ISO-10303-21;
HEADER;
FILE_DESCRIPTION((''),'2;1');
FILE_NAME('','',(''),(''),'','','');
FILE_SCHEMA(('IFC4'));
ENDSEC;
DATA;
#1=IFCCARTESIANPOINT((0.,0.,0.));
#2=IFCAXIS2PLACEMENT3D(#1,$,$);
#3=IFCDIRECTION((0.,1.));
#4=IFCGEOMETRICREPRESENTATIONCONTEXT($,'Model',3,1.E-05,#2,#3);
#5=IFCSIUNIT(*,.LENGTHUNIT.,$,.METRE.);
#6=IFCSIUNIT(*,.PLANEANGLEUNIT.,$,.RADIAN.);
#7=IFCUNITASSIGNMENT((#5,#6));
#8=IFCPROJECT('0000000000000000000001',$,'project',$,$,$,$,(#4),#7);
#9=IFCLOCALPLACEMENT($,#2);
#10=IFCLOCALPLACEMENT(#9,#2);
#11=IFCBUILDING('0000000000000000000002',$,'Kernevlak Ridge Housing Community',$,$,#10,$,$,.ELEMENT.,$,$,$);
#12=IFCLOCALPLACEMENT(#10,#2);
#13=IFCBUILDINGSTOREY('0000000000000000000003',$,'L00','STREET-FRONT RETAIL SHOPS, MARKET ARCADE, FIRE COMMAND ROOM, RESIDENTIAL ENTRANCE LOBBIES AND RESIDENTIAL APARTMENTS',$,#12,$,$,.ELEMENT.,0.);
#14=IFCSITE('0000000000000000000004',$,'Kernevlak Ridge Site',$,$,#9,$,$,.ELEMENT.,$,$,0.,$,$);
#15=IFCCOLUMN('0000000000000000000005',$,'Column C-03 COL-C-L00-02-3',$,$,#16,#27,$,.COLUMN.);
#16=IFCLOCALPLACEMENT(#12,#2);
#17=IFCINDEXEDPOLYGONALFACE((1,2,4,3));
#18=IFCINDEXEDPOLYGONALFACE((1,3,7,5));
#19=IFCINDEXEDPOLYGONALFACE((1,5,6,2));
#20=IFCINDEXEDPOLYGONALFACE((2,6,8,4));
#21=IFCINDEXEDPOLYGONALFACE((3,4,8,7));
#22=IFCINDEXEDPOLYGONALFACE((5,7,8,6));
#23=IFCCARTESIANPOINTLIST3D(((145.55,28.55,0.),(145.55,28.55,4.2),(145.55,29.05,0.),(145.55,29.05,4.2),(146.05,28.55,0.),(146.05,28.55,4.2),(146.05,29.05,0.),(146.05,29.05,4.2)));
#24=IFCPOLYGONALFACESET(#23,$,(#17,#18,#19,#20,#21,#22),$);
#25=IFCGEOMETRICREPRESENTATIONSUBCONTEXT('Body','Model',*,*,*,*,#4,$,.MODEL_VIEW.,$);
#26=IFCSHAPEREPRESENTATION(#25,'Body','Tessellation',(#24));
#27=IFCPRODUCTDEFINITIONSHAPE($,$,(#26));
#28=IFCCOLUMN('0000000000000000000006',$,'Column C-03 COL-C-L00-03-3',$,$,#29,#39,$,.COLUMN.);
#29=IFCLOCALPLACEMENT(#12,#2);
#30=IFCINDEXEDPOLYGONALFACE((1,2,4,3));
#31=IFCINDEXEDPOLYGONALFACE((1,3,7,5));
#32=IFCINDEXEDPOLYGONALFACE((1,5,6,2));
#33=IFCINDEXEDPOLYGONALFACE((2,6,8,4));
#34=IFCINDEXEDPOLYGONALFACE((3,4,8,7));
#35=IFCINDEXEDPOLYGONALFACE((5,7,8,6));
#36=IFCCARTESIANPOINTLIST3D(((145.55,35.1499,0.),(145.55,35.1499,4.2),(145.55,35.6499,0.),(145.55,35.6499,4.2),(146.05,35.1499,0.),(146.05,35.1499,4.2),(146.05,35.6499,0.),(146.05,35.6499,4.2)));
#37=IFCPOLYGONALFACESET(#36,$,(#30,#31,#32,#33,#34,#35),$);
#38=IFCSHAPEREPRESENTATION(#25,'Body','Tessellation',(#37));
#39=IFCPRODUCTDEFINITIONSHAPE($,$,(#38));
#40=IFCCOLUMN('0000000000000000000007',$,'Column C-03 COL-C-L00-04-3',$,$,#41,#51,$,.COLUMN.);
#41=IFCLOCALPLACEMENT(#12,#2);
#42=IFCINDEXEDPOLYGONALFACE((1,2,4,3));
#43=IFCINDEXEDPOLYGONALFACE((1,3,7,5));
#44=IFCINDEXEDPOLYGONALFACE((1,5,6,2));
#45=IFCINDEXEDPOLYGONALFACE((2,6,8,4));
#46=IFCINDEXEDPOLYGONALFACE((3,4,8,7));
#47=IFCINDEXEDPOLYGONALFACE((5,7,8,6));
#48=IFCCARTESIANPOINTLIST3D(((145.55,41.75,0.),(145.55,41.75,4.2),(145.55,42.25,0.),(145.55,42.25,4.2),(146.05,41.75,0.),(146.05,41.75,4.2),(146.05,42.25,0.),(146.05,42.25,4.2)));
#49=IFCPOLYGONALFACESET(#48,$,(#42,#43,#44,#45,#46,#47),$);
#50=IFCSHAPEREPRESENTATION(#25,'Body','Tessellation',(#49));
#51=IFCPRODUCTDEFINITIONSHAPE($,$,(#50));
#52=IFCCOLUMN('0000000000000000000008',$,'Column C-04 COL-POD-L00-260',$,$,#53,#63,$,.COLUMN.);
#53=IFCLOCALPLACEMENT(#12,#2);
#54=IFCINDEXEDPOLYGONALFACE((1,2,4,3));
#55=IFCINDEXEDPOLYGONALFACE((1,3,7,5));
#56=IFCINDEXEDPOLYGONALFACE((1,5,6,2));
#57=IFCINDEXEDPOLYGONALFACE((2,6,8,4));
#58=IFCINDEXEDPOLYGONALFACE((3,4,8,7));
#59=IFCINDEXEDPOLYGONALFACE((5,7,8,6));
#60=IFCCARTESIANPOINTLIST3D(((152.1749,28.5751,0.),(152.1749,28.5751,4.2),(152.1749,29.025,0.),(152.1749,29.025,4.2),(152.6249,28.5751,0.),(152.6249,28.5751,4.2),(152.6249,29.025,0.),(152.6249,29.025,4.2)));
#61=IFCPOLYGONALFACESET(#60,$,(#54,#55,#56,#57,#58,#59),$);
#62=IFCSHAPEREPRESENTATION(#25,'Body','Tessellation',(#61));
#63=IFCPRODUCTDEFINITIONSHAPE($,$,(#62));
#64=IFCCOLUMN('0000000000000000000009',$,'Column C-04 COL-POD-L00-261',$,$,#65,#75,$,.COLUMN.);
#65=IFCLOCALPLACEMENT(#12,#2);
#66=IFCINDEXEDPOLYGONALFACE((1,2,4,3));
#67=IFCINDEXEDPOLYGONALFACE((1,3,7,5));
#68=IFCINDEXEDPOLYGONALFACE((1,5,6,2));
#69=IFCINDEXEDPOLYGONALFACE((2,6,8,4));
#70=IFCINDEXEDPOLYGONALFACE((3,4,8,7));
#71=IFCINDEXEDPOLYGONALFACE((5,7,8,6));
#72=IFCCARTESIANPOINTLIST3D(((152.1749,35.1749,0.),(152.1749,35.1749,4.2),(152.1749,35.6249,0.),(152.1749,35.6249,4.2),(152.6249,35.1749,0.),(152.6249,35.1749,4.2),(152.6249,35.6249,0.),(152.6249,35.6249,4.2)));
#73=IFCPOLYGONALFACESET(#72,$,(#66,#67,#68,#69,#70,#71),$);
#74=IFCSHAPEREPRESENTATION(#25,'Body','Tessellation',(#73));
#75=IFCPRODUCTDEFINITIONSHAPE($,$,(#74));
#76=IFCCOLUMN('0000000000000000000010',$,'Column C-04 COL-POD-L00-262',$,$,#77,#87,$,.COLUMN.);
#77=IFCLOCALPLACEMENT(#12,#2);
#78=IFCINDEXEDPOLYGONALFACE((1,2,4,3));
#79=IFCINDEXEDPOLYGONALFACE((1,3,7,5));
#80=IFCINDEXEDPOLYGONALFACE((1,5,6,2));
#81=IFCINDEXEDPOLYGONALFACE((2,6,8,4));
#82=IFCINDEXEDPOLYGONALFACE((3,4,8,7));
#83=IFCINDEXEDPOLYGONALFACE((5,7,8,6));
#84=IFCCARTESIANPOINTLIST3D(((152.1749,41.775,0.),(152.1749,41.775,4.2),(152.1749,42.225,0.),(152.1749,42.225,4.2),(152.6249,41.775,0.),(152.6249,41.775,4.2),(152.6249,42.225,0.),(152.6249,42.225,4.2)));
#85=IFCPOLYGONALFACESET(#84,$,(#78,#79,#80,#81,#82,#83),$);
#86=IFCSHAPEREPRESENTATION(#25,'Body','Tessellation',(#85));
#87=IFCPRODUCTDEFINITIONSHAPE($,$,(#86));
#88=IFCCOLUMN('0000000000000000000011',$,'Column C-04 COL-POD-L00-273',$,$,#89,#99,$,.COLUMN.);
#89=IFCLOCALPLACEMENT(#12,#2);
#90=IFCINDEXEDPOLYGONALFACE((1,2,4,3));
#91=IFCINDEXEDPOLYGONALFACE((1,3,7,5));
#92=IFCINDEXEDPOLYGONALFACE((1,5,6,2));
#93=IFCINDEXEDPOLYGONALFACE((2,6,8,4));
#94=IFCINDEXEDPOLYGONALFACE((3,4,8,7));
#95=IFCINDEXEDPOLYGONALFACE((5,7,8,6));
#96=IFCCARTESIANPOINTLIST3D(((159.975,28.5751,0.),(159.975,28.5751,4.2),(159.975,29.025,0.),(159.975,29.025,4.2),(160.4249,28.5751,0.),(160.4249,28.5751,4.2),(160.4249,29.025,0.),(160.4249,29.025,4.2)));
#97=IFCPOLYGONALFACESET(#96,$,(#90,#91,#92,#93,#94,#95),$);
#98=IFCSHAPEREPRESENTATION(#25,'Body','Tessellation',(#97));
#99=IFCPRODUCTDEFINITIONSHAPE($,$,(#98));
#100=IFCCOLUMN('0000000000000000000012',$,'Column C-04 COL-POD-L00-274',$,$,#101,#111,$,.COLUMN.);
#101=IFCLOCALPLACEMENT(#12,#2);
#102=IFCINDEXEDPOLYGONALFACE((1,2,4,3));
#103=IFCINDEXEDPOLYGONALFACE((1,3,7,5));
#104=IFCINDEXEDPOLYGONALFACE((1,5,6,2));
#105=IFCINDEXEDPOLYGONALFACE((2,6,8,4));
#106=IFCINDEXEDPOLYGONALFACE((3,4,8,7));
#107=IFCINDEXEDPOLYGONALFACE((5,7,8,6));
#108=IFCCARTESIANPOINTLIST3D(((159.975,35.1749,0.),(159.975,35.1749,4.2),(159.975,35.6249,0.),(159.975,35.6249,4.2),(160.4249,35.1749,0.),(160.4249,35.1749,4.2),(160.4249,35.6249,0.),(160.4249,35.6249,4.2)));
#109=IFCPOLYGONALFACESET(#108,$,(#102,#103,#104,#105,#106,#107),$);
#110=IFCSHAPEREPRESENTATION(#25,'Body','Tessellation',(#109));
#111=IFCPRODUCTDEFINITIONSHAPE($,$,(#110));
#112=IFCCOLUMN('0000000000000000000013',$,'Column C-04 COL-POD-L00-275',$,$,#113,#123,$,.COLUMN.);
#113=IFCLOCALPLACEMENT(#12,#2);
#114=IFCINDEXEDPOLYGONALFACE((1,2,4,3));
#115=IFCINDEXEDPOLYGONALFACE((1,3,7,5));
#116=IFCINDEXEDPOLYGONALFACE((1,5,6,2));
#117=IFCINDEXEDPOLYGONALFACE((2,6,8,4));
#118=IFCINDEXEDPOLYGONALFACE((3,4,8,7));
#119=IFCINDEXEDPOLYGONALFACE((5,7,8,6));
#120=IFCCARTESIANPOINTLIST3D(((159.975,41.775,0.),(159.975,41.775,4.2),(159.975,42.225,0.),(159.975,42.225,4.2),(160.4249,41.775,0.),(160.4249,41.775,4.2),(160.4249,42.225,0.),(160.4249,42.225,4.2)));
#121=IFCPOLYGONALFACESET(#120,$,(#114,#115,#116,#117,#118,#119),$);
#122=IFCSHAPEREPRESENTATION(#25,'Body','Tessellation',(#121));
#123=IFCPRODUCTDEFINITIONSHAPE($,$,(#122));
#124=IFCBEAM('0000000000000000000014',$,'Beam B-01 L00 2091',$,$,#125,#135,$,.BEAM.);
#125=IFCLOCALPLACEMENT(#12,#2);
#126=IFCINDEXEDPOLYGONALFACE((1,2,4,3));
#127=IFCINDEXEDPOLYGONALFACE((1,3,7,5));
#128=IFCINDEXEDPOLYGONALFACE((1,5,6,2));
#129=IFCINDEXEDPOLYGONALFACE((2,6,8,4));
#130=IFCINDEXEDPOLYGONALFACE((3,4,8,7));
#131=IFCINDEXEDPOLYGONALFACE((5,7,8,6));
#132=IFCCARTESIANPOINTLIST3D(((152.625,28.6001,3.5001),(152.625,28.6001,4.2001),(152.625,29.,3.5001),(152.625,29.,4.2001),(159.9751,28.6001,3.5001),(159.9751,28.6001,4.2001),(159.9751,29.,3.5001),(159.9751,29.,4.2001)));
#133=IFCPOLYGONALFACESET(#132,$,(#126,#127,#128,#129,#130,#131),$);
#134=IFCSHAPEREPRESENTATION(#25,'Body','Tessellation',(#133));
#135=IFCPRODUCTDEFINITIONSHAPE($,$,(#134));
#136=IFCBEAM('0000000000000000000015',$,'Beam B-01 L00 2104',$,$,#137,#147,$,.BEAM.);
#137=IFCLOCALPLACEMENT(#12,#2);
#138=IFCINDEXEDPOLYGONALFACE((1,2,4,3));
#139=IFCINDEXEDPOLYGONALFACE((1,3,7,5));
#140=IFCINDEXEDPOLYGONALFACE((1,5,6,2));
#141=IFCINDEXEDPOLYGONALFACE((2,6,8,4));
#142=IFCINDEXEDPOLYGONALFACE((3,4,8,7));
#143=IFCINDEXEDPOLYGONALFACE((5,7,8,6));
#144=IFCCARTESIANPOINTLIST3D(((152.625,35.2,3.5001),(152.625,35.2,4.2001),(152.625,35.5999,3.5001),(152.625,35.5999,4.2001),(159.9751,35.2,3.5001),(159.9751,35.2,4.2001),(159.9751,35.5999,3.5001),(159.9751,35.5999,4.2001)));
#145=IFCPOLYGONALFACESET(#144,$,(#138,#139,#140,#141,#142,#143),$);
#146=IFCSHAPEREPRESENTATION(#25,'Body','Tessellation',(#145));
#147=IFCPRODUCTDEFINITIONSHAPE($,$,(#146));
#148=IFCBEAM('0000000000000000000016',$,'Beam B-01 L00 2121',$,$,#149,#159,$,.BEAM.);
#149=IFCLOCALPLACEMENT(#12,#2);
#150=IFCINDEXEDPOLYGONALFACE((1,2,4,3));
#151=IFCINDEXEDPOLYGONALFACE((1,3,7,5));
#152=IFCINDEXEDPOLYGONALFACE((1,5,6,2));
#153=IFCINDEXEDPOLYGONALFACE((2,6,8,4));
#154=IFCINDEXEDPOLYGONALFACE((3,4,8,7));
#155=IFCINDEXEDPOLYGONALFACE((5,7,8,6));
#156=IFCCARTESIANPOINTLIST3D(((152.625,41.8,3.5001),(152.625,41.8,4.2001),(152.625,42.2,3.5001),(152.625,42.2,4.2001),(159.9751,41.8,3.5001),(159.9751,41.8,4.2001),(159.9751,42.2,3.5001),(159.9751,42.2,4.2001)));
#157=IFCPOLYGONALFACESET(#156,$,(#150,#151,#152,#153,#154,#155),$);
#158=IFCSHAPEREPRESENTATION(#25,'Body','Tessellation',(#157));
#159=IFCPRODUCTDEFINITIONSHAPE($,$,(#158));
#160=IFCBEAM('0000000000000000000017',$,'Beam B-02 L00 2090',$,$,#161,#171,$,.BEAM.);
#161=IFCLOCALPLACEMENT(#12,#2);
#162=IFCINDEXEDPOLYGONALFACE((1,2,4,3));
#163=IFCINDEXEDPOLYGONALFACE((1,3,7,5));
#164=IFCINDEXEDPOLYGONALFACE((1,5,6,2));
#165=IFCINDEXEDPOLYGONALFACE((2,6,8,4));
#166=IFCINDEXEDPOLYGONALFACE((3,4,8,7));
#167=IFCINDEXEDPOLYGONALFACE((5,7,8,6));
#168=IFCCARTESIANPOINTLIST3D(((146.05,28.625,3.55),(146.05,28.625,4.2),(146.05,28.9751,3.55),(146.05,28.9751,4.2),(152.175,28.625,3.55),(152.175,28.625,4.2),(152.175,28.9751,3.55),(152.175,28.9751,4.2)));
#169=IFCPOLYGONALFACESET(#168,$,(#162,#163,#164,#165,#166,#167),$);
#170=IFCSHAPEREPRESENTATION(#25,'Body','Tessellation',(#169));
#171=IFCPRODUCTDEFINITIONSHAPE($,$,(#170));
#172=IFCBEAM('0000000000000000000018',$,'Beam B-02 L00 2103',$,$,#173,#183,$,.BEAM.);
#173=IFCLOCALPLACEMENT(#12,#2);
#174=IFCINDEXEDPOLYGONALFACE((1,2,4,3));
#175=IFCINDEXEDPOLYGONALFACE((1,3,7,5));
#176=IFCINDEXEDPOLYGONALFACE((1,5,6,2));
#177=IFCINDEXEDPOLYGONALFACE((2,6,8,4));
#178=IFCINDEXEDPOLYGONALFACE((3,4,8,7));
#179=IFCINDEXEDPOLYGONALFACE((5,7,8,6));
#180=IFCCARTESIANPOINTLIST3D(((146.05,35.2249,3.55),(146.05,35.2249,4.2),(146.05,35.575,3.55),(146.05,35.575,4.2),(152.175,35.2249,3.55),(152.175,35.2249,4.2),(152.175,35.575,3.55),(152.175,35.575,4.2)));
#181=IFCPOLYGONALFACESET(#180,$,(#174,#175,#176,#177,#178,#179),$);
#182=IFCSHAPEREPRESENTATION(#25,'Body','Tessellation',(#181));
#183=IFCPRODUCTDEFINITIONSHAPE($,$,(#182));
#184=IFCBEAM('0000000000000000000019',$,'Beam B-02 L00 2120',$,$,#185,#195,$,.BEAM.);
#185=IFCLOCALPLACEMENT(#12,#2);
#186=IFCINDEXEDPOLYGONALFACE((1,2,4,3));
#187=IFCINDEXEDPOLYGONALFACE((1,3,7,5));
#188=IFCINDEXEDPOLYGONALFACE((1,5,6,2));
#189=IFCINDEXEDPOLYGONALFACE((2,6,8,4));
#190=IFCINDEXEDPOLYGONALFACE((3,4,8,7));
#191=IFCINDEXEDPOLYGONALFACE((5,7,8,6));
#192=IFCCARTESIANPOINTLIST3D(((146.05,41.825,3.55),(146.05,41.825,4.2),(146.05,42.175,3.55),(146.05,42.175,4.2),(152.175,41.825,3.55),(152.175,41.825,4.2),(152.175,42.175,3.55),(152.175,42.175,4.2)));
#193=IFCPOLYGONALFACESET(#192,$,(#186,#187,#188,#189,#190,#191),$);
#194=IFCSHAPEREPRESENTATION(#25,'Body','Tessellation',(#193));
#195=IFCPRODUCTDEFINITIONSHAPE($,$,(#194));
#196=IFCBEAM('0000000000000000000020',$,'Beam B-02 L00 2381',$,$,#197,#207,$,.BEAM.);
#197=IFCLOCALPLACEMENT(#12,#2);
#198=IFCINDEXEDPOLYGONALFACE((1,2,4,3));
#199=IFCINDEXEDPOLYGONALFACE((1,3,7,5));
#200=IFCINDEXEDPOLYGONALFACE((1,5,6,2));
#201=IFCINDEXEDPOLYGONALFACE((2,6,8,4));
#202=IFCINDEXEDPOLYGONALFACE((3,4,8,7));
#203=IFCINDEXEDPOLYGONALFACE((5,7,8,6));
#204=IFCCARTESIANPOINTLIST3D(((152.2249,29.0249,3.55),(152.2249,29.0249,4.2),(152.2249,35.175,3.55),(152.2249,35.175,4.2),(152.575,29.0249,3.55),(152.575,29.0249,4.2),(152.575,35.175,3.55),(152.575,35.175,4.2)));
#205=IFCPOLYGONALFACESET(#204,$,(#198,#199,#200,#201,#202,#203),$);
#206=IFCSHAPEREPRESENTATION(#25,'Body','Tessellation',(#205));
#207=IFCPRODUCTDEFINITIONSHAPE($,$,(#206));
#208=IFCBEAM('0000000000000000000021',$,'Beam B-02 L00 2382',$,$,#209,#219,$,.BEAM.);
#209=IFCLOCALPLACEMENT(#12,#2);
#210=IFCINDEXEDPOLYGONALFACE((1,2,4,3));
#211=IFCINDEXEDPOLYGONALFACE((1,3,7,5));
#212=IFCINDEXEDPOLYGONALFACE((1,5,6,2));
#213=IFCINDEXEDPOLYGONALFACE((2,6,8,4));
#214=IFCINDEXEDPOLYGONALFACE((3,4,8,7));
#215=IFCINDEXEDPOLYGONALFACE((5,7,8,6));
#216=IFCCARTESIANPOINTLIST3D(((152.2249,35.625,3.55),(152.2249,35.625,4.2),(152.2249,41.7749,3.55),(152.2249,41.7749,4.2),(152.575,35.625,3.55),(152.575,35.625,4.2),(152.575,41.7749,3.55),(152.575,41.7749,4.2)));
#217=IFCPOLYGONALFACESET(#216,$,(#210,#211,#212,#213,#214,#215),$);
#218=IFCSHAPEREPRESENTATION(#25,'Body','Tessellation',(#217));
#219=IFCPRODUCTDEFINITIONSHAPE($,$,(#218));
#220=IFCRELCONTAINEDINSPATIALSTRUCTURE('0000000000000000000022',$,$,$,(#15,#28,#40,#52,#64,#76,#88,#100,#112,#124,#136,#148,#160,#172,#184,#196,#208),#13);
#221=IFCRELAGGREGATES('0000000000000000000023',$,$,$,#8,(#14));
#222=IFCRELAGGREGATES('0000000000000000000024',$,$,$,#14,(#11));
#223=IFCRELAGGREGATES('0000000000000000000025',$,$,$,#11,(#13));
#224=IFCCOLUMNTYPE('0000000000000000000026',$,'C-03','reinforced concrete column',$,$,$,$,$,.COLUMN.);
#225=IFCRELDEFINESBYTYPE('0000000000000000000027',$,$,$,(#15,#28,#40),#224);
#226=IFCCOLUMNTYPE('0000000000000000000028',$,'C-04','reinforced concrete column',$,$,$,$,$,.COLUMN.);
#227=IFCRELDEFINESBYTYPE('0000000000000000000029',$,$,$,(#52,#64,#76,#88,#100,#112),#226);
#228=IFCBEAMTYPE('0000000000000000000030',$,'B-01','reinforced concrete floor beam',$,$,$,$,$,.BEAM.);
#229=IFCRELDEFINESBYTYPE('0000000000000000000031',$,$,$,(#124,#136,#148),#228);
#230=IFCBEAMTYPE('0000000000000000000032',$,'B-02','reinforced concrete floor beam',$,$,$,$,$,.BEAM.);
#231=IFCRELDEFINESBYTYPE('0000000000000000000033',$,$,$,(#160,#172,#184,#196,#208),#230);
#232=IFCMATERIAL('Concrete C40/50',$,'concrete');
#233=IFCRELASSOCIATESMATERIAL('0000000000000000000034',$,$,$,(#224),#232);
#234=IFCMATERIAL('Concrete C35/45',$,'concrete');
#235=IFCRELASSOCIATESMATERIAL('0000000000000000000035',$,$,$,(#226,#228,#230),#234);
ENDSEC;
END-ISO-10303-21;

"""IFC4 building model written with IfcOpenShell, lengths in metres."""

from ifc_helpers import new_model, si_unit, direction, frame, origin, origin_2d, place, context, subcontext, project, spatial, rectangle, extrude, material, material_profile, profile_set, type_object, element, save


model = new_model("IFC4")

# Units and contexts
model_context = context("Model", 3, precision=1e-05, world=origin(), true_north=direction((0.0, 1.0)))
body_context = subcontext(model_context, "Body", "Model", "MODEL_VIEW")
ifc_project = project(units=[si_unit("LENGTHUNIT", "METRE"), si_unit("PLANEANGLEUNIT", "RADIAN")], contexts=[model_context])

# Site, building, storey
site_placement = place(None, origin())
site = spatial("IfcSite", under=ifc_project, at=site_placement, Name="Kernevlak Ridge Site", CompositionType="ELEMENT", RefElevation=0.0)
building_placement = place(site_placement, origin())
building = spatial("IfcBuilding", under=site, at=building_placement, Name="Kernevlak Ridge Housing Community", CompositionType="ELEMENT")
storey_placement = place(building_placement, origin())
storey = spatial("IfcBuildingStorey", under=building, at=storey_placement, Name="L00", Description="STREET-FRONT RETAIL SHOPS, MARKET ARCADE, FIRE COMMAND ROOM, RESIDENTIAL ENTRANCE LOBBIES AND RESIDENTIAL APARTMENTS", CompositionType="ELEMENT", Elevation=0.0)

# Columns
ifc_material_1 = material(Name="Concrete C40/50", Category="concrete")
ifc_material_profile_1 = material_profile(ifc_material_1, rectangle(XDim=0.5, YDim=0.5, at=origin_2d()), Name="RC 500x500")
ifc_profile_set_1 = profile_set([ifc_material_profile_1], Name="Concrete C40/50")
column_type_1 = type_object("IfcColumnType", Name="C-03", Description="reinforced concrete column", PredefinedType="COLUMN", material=ifc_profile_set_1)
for number, where, z_axis, x_axis, name in (
    (1, (145.8, 28.8, 0.0), (0.0, 0.0, 1.0), (1.0, 0.0, 0.0), "Column C-03 COL-C-L00-02-3"),
    (2, (145.8, 35.3999, 0.0), (0.0, 0.0, 1.0), (1.0, 0.0, 0.0), "Column C-03 COL-C-L00-03-3"),
    (3, (145.8, 42.0, 0.0), (0.0, 0.0, 1.0), (1.0, 0.0, 0.0), "Column C-03 COL-C-L00-04-3"),
):
    element("IfcColumn", number, at=place(storey_placement, frame(where, z_axis=z_axis, x_axis=x_axis)), inside=storey, type_object=column_type_1, Name=name, PredefinedType="COLUMN", context=body_context, shape_type="SweptSolid", body=[
        extrude(rectangle(XDim=0.5, YDim=0.5, at=origin_2d()), origin(), (0.0, 0.0, 1.0), 4.2),
    ])
ifc_material_2 = material(Name="Concrete C35/45", Category="concrete")
ifc_material_profile_2 = material_profile(ifc_material_2, rectangle(XDim=0.45, YDim=0.45, at=origin_2d()), Name="RC 450x450")
ifc_profile_set_2 = profile_set([ifc_material_profile_2], Name="Concrete C35/45")
column_type_2 = type_object("IfcColumnType", Name="C-04", Description="reinforced concrete column", PredefinedType="COLUMN", material=ifc_profile_set_2)
for number, where, z_axis, x_axis, name in (
    (4, (152.3999, 28.8, 0.0), (0.0, 0.0, 1.0), (1.0, 0.0, 0.0), "Column C-04 COL-POD-L00-260"),
    (5, (152.3999, 35.3999, 0.0), (0.0, 0.0, 1.0), (1.0, 0.0, 0.0), "Column C-04 COL-POD-L00-261"),
    (6, (152.3999, 42.0, 0.0), (0.0, 0.0, 1.0), (1.0, 0.0, 0.0), "Column C-04 COL-POD-L00-262"),
    (7, (160.2, 28.8, 0.0), (0.0, 0.0, 1.0), (1.0, 0.0, 0.0), "Column C-04 COL-POD-L00-273"),
    (8, (160.2, 35.3999, 0.0), (0.0, 0.0, 1.0), (1.0, 0.0, 0.0), "Column C-04 COL-POD-L00-274"),
    (9, (160.2, 42.0, 0.0), (0.0, 0.0, 1.0), (1.0, 0.0, 0.0), "Column C-04 COL-POD-L00-275"),
):
    element("IfcColumn", number, at=place(storey_placement, frame(where, z_axis=z_axis, x_axis=x_axis)), inside=storey, type_object=column_type_2, Name=name, PredefinedType="COLUMN", context=body_context, shape_type="SweptSolid", body=[
        extrude(rectangle(XDim=0.45, YDim=0.45, at=origin_2d()), origin(), (0.0, 0.0, 1.0), 4.2),
    ])

# Beams
ifc_material_profile_3 = material_profile(ifc_material_2, rectangle(XDim=0.3999, YDim=0.7, at=origin_2d()), Name="RC 400x700")
ifc_profile_set_3 = profile_set([ifc_material_profile_3], Name="Concrete C35/45")
beam_type_1 = type_object("IfcBeamType", Name="B-01", Description="reinforced concrete floor beam", PredefinedType="BEAM", material=ifc_profile_set_3)
for number, where, z_axis, x_axis, name in (
    (10, (152.625, 28.8, 3.8501), (1.0, 0.0, 0.0), (0.0, 1.0, 0.0), "Beam B-01 L00 2091"),
    (11, (152.625, 35.3999, 3.8501), (1.0, 0.0, 0.0), (0.0, 1.0, 0.0), "Beam B-01 L00 2104"),
    (12, (152.625, 42.0, 3.8501), (1.0, 0.0, 0.0), (0.0, 1.0, 0.0), "Beam B-01 L00 2121"),
):
    element("IfcBeam", number, at=place(storey_placement, frame(where, z_axis=z_axis, x_axis=x_axis)), inside=storey, type_object=beam_type_1, Name=name, PredefinedType="BEAM", context=body_context, shape_type="SweptSolid", body=[
        extrude(rectangle(XDim=0.3999, YDim=0.7, at=origin_2d()), origin(), (0.0, 0.0, 1.0), 7.3501),
    ])
ifc_material_profile_4 = material_profile(ifc_material_2, rectangle(XDim=0.3501, YDim=0.6499, at=origin_2d()), Name="RC 350x650")
ifc_profile_set_4 = profile_set([ifc_material_profile_4], Name="Concrete C35/45")
beam_type_2 = type_object("IfcBeamType", Name="B-02", Description="reinforced concrete floor beam", PredefinedType="BEAM", material=ifc_profile_set_4)
for number, where, z_axis, x_axis, name in (
    (13, (146.05, 28.8, 3.875), (1.0, 0.0, 0.0), (0.0, 1.0, 0.0), "Beam B-02 L00 2090"),
    (14, (146.05, 35.3999, 3.875), (1.0, 0.0, 0.0), (0.0, 1.0, 0.0), "Beam B-02 L00 2103"),
    (15, (146.05, 42.0, 3.875), (1.0, 0.0, 0.0), (0.0, 1.0, 0.0), "Beam B-02 L00 2120"),
):
    element("IfcBeam", number, at=place(storey_placement, frame(where, z_axis=z_axis, x_axis=x_axis)), inside=storey, type_object=beam_type_2, Name=name, PredefinedType="BEAM", context=body_context, shape_type="SweptSolid", body=[
        extrude(rectangle(XDim=0.3501, YDim=0.6499, at=origin_2d()), origin(), (0.0, 0.0, 1.0), 6.125),
    ])
beam_1_placement = place(storey_placement, frame((152.3999, 29.0249, 3.875), z_axis=(0.0, 1.0, 0.0), x_axis=(-1.0, 0.0, 0.0)))
element("IfcBeam", 16, at=beam_1_placement, inside=storey, type_object=beam_type_2, Name="Beam B-02 L00 2381", PredefinedType="BEAM", context=body_context, shape_type="SweptSolid", body=[
    extrude(rectangle(XDim=0.3501, YDim=0.6499, at=origin_2d()), origin(), (0.0, 0.0, 1.0), 6.1501),
])
beam_2_placement = place(storey_placement, frame((152.3999, 35.625, 3.875), z_axis=(0.0, 1.0, 0.0), x_axis=(-1.0, 0.0, 0.0)))
element("IfcBeam", 17, at=beam_2_placement, inside=storey, type_object=beam_type_2, Name="Beam B-02 L00 2382", PredefinedType="BEAM", context=body_context, shape_type="SweptSolid", body=[
    extrude(rectangle(XDim=0.3501, YDim=0.6499, at=origin_2d()), origin(), (0.0, 0.0, 1.0), 6.1499),
])

save(model, "model.ifc")
